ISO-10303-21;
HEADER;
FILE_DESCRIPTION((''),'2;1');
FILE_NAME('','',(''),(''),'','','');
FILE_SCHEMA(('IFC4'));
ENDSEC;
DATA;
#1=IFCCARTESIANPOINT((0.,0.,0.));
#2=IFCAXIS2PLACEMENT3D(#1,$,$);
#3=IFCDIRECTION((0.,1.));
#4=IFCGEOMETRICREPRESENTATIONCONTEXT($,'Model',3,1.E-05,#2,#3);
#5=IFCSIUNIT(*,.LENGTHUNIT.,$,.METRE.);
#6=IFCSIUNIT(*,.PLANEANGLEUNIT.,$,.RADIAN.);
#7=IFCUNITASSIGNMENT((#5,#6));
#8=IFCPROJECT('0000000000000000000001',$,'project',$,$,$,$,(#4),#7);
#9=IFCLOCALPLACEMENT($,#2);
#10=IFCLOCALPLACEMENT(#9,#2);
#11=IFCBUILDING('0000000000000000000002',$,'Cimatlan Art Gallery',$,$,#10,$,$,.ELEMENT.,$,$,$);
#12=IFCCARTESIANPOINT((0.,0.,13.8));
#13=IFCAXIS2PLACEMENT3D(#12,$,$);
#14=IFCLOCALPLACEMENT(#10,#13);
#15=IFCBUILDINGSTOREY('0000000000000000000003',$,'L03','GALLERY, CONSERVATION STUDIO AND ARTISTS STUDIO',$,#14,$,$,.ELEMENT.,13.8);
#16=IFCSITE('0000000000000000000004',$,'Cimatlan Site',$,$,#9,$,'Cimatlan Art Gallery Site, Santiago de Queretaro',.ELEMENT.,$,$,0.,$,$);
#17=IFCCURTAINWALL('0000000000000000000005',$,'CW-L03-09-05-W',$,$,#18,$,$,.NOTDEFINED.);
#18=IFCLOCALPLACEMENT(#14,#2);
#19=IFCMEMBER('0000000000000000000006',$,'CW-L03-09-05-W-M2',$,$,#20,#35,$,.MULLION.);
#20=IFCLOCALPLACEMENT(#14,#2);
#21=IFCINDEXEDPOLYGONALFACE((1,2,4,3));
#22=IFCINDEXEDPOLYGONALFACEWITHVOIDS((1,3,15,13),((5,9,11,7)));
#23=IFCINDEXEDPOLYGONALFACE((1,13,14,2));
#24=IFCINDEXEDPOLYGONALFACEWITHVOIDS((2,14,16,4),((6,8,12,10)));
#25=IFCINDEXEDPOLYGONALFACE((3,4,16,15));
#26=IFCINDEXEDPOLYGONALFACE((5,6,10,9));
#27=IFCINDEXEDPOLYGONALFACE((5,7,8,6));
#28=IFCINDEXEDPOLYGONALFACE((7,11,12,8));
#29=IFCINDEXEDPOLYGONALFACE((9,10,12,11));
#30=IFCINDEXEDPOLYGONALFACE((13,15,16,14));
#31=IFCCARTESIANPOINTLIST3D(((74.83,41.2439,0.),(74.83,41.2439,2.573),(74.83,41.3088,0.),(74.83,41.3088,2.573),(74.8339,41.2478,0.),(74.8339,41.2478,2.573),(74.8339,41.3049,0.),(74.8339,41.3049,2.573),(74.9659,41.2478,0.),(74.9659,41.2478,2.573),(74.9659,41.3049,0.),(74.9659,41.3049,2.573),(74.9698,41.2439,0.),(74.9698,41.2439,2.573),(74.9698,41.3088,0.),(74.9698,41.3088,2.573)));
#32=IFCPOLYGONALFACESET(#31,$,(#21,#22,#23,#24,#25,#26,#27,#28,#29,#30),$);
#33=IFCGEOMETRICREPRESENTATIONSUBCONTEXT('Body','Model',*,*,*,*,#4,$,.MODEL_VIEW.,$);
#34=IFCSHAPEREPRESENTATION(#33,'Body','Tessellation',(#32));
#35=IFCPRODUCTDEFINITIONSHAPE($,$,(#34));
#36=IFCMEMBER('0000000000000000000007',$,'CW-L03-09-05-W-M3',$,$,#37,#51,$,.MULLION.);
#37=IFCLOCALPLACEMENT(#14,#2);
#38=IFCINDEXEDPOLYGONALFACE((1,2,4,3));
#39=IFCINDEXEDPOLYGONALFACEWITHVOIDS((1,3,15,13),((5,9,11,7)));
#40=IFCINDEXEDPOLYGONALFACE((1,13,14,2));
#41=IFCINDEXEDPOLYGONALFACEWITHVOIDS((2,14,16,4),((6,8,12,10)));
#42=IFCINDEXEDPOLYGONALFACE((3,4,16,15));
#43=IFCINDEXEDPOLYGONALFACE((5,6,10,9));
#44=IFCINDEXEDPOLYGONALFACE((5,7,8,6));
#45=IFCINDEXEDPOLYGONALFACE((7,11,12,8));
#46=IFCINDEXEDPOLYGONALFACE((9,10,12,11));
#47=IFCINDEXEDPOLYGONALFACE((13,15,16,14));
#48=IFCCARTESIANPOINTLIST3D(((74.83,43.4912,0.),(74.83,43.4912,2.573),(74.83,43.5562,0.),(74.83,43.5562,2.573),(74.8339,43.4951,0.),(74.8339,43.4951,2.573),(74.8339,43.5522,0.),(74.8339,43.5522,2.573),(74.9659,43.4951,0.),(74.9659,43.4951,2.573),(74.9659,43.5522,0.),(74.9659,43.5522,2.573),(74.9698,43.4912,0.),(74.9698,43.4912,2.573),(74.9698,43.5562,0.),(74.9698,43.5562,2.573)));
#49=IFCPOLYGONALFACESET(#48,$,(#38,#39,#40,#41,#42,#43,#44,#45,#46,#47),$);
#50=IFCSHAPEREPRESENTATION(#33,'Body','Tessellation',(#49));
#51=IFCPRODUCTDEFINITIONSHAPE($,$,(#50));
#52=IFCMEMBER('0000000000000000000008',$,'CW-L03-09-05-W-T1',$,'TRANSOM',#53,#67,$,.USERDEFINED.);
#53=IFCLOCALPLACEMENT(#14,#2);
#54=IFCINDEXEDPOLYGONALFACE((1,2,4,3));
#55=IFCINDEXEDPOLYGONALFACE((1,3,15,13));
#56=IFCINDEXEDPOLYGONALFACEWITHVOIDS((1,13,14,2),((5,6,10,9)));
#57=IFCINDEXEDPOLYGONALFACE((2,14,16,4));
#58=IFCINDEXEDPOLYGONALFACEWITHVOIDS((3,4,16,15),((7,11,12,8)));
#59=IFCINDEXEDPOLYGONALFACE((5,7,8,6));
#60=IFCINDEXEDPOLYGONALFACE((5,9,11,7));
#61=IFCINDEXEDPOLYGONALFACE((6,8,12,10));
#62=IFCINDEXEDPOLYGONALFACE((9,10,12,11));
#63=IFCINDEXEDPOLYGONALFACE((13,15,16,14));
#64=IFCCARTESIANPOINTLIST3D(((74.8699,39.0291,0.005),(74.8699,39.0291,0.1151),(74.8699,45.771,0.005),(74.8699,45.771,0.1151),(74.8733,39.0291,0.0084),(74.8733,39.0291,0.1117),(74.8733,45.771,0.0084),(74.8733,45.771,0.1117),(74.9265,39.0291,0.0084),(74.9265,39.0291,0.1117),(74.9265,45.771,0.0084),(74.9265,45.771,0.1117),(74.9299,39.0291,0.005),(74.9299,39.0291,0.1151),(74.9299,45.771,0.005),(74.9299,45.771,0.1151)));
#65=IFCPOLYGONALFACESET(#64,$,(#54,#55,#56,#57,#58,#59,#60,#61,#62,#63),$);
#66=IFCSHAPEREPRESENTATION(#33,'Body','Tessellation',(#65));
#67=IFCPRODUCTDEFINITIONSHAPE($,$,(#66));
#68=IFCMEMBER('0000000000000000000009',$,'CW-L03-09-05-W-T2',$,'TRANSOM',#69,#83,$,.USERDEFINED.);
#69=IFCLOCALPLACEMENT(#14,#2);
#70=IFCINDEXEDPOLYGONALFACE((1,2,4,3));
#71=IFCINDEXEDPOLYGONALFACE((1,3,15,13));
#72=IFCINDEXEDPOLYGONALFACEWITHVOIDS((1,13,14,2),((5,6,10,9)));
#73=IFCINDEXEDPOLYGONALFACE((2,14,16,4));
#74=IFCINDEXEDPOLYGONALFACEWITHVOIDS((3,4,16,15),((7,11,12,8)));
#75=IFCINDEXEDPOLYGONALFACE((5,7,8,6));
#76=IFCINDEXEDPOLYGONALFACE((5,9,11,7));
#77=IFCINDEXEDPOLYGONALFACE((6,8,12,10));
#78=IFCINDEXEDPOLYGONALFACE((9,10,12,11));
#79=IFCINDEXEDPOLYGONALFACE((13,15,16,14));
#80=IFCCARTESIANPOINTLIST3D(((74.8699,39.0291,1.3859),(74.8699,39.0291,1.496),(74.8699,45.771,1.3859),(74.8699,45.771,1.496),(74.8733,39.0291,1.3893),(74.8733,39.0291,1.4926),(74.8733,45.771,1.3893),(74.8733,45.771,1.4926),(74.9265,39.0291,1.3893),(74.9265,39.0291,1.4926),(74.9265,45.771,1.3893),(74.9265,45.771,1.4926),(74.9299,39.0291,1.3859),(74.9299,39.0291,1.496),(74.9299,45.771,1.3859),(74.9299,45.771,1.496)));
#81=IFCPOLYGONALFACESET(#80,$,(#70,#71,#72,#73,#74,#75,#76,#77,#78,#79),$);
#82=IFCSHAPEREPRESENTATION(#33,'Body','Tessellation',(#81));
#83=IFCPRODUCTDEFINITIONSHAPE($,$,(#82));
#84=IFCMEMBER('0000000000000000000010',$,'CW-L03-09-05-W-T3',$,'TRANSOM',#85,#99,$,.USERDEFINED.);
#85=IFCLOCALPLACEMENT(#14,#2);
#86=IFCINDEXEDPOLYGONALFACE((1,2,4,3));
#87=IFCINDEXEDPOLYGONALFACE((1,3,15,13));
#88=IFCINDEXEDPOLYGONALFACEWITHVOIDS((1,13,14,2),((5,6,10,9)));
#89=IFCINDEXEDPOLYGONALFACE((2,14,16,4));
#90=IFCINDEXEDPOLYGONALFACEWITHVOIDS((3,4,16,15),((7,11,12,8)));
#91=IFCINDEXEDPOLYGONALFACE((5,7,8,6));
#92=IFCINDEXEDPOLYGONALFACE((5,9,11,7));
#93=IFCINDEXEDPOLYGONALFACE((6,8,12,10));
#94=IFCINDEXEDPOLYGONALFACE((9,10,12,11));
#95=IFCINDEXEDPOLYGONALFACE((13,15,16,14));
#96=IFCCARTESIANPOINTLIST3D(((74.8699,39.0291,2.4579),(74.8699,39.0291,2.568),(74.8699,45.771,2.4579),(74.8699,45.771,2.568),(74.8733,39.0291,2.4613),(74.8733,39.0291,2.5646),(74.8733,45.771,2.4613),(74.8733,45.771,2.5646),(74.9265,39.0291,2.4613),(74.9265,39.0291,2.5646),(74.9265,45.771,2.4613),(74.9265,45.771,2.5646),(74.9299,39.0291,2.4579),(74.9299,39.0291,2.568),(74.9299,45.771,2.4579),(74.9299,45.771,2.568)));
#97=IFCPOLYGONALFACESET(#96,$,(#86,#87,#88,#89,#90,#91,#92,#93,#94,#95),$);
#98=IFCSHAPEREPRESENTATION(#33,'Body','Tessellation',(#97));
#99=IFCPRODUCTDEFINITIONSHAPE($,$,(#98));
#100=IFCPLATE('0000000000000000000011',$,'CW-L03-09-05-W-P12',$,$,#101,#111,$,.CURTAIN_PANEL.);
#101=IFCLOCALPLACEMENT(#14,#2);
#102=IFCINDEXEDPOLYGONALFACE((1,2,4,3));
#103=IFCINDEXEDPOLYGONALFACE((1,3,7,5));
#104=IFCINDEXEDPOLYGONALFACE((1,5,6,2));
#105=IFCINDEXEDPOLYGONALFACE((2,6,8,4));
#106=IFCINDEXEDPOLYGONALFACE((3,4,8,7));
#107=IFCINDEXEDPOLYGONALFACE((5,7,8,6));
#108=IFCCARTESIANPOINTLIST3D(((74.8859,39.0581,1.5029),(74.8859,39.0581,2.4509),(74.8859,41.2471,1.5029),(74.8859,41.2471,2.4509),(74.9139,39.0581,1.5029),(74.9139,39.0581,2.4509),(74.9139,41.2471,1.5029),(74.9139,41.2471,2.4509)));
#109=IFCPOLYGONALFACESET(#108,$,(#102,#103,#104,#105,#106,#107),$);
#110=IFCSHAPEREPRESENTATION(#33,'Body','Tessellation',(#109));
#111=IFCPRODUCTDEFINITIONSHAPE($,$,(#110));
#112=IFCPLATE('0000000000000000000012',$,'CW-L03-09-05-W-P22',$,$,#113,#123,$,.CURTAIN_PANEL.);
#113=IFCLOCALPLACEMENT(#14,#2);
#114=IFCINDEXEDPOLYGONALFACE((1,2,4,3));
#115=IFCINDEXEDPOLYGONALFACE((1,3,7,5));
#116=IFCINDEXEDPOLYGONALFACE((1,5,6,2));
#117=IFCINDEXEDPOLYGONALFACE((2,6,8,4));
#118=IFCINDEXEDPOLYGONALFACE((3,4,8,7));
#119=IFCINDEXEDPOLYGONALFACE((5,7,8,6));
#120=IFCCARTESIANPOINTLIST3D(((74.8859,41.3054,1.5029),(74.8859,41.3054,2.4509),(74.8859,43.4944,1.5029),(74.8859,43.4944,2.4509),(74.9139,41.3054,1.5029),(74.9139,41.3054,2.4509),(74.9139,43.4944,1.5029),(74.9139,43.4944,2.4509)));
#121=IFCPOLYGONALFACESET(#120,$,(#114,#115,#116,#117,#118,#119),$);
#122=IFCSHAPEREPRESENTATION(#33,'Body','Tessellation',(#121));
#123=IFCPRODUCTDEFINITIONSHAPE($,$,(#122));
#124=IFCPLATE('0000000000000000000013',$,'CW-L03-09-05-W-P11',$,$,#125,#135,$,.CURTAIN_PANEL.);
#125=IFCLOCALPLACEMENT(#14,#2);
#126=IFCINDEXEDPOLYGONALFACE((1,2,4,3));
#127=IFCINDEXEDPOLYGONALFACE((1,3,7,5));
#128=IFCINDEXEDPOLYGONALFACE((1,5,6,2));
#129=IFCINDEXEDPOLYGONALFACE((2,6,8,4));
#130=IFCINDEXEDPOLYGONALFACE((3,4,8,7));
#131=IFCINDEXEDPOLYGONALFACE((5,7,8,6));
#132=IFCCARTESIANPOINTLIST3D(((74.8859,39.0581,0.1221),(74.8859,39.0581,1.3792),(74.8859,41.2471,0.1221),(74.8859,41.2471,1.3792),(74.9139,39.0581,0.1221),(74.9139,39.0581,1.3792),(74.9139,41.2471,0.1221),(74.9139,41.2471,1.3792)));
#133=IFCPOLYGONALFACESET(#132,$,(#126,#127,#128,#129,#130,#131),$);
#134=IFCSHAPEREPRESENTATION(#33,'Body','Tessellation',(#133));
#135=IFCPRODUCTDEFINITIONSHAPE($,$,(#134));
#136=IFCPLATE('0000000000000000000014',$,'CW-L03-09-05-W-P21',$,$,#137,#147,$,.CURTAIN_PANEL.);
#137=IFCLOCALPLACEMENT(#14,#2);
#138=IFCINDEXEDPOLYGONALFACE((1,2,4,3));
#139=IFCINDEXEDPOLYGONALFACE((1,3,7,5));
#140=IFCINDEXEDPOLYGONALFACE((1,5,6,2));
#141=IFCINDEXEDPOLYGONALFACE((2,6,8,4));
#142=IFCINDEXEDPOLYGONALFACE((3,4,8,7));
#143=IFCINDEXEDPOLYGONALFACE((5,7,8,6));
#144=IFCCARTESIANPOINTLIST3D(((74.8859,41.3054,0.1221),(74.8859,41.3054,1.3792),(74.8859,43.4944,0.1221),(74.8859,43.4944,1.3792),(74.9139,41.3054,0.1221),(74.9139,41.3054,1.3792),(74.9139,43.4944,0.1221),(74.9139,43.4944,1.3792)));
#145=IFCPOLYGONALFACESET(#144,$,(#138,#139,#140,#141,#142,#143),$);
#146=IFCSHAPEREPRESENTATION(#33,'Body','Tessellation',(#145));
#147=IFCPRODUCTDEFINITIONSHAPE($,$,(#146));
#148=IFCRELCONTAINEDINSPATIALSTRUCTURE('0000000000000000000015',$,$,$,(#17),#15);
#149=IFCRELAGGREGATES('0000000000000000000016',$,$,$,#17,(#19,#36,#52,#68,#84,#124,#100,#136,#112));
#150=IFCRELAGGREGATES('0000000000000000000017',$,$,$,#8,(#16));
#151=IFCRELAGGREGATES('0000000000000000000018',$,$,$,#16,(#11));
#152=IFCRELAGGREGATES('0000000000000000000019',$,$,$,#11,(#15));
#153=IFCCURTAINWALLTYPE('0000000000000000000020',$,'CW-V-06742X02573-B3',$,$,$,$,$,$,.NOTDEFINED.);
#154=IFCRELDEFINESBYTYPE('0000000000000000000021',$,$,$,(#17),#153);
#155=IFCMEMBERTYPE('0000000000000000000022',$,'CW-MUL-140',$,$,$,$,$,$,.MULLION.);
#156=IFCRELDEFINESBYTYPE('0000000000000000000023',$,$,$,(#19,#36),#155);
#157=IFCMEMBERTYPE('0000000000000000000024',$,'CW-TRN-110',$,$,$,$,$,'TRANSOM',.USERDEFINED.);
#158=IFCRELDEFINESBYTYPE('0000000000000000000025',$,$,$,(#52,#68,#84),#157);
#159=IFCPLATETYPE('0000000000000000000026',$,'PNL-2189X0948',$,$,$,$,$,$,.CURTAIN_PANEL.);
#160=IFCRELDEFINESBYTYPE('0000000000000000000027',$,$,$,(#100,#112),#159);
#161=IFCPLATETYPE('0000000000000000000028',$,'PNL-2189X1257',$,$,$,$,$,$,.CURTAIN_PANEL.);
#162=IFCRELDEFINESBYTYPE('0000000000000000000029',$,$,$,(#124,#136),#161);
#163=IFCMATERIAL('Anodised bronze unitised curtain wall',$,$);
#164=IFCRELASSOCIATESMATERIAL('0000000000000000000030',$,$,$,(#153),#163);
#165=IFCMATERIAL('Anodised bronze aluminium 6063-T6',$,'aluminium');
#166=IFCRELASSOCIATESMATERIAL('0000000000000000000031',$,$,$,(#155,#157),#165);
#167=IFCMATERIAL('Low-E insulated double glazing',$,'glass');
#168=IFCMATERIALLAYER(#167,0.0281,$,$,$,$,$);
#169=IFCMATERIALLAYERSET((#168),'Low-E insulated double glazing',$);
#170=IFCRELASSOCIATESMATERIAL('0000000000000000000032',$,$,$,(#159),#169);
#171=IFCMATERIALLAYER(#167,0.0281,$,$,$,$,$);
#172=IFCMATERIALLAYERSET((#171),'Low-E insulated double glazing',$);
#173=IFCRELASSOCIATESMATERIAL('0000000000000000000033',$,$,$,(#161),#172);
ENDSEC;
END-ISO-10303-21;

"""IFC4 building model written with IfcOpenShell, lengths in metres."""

from ifc_helpers import new_model, si_unit, direction, frame, origin, origin_2d, place, context, subcontext, project, spatial, rectangle, hollow_rectangle, extrude, material, layer, layer_set, material_profile, profile_set, type_object, element, aggregate, save


model = new_model("IFC4")

# Units and contexts
model_context = context("Model", 3, precision=1e-05, world=origin(), true_north=direction((0.0, 1.0)))
body_context = subcontext(model_context, "Body", "Model", "MODEL_VIEW")
ifc_project = project(units=[si_unit("LENGTHUNIT", "METRE"), si_unit("PLANEANGLEUNIT", "RADIAN")], contexts=[model_context])

# Site, building, storey
site_placement = place(None, origin())
site = spatial("IfcSite", under=ifc_project, at=site_placement, Name="Cimatlan Site", LongName="Cimatlan Art Gallery Site, Santiago de Queretaro", CompositionType="ELEMENT", RefElevation=0.0)
building_placement = place(site_placement, origin())
building = spatial("IfcBuilding", under=site, at=building_placement, Name="Cimatlan Art Gallery", CompositionType="ELEMENT")
storey_placement = place(building_placement, frame((0.0, 0.0, 13.8)))
storey = spatial("IfcBuildingStorey", under=building, at=storey_placement, Name="L03", Description="GALLERY, CONSERVATION STUDIO AND ARTISTS STUDIO", CompositionType="ELEMENT", Elevation=13.8)

# Curtain wall, members, plates
ifc_material_1 = material(Name="Anodised bronze unitised curtain wall")
curtain_wall_type = type_object("IfcCurtainWallType", Name="CW-V-06742X02573-B3", PredefinedType="NOTDEFINED", material=ifc_material_1)
curtain_wall_placement = place(storey_placement, origin())
curtain_wall = element("IfcCurtainWall", 1, at=curtain_wall_placement, inside=storey, type_object=curtain_wall_type, Name="CW-L03-09-05-W", PredefinedType="NOTDEFINED")
ifc_material_2 = material(Name="Anodised bronze aluminium 6063-T6", Category="aluminium")
ifc_material_profile_1 = material_profile(ifc_material_2, hollow_rectangle(XDim=0.0649, YDim=0.1399, WallThickness=0.0039, at=origin_2d()), Name="ALU65X140X4")
ifc_profile_set_1 = profile_set([ifc_material_profile_1], Name="Anodised bronze aluminium 6063-T6")
member_type_1 = type_object("IfcMemberType", Name="CW-MUL-140", PredefinedType="MULLION", material=ifc_profile_set_1)
member_1_placement = place(storey_placement, frame((74.8999, 41.2764, 0.0), z_axis=(0.0, 0.0, 1.0), x_axis=(0.0, 1.0, 0.0)))
member_1 = element("IfcMember", 2, at=member_1_placement, type_object=member_type_1, Name="CW-L03-09-05-W-M2", PredefinedType="MULLION", context=body_context, shape_type="SweptSolid", body=[
    extrude(hollow_rectangle(XDim=0.0649, YDim=0.1399, WallThickness=0.0039, at=origin_2d()), origin(), (0.0, 0.0, 1.0), 2.573),
])
member_2_placement = place(storey_placement, frame((74.8999, 43.5237, 0.0), z_axis=(0.0, 0.0, 1.0), x_axis=(0.0, 1.0, 0.0)))
member_2 = element("IfcMember", 3, at=member_2_placement, type_object=member_type_1, Name="CW-L03-09-05-W-M3", PredefinedType="MULLION", context=body_context, shape_type="SweptSolid", body=[
    extrude(hollow_rectangle(XDim=0.0649, YDim=0.1399, WallThickness=0.0039, at=origin_2d()), origin(), (0.0, 0.0, 1.0), 2.573),
])
ifc_material_profile_2 = material_profile(ifc_material_2, hollow_rectangle(XDim=0.0601, YDim=0.1101, WallThickness=0.0034, at=origin_2d()), Name="ALU60X110X3")
ifc_profile_set_2 = profile_set([ifc_material_profile_2], Name="Anodised bronze aluminium 6063-T6")
member_type_2 = type_object("IfcMemberType", Name="CW-TRN-110", ElementType="TRANSOM", PredefinedType="USERDEFINED", material=ifc_profile_set_2)
member_3_placement = place(storey_placement, frame((74.8999, 39.0291, 0.0601), z_axis=(0.0, 1.0, 0.0), x_axis=(-1.0, 0.0, 0.0)))
member_3 = element("IfcMember", 4, at=member_3_placement, type_object=member_type_2, Name="CW-L03-09-05-W-T1", ObjectType="TRANSOM", PredefinedType="USERDEFINED", context=body_context, shape_type="SweptSolid", body=[
    extrude(hollow_rectangle(XDim=0.0601, YDim=0.1101, WallThickness=0.0034, at=origin_2d()), origin(), (0.0, 0.0, 1.0), 6.7419),
])
member_4_placement = place(storey_placement, frame((74.8999, 39.0291, 1.4409), z_axis=(0.0, 1.0, 0.0), x_axis=(-1.0, 0.0, 0.0)))
member_4 = element("IfcMember", 5, at=member_4_placement, type_object=member_type_2, Name="CW-L03-09-05-W-T2", ObjectType="TRANSOM", PredefinedType="USERDEFINED", context=body_context, shape_type="SweptSolid", body=[
    extrude(hollow_rectangle(XDim=0.0601, YDim=0.1101, WallThickness=0.0034, at=origin_2d()), origin(), (0.0, 0.0, 1.0), 6.7419),
])
member_5_placement = place(storey_placement, frame((74.8999, 39.0291, 2.5129), z_axis=(0.0, 1.0, 0.0), x_axis=(-1.0, 0.0, 0.0)))
member_5 = element("IfcMember", 6, at=member_5_placement, type_object=member_type_2, Name="CW-L03-09-05-W-T3", ObjectType="TRANSOM", PredefinedType="USERDEFINED", context=body_context, shape_type="SweptSolid", body=[
    extrude(hollow_rectangle(XDim=0.0601, YDim=0.1101, WallThickness=0.0034, at=origin_2d()), origin(), (0.0, 0.0, 1.0), 6.7419),
])
ifc_material_3 = material(Name="Low-E insulated double glazing", Category="glass")
ifc_layer_1 = layer(ifc_material_3, 0.0281)
ifc_layer_set_1 = layer_set([ifc_layer_1], Name="Low-E insulated double glazing")
plate_type_1 = type_object("IfcPlateType", Name="PNL-2189X0948", PredefinedType="CURTAIN_PANEL", material=ifc_layer_set_1)
plate_1_placement = place(storey_placement, frame((74.8999, 40.1526, 1.5029), z_axis=(0.0, 0.0, 1.0), x_axis=(0.0, 1.0, 0.0)))
plate_1 = element("IfcPlate", 7, at=plate_1_placement, type_object=plate_type_1, Name="CW-L03-09-05-W-P12", PredefinedType="CURTAIN_PANEL", context=body_context, shape_type="SweptSolid", body=[
    extrude(rectangle(XDim=2.189, YDim=0.0281, at=origin_2d()), origin(), (0.0, 0.0, 1.0), 0.948),
])
plate_2_placement = place(storey_placement, frame((74.8999, 42.3999, 1.5029), z_axis=(0.0, 0.0, 1.0), x_axis=(0.0, 1.0, 0.0)))
plate_2 = element("IfcPlate", 8, at=plate_2_placement, type_object=plate_type_1, Name="CW-L03-09-05-W-P22", PredefinedType="CURTAIN_PANEL", context=body_context, shape_type="SweptSolid", body=[
    extrude(rectangle(XDim=2.189, YDim=0.0281, at=origin_2d()), origin(), (0.0, 0.0, 1.0), 0.948),
])
ifc_layer_2 = layer(ifc_material_3, 0.0281)
ifc_layer_set_2 = layer_set([ifc_layer_2], Name="Low-E insulated double glazing")
plate_type_2 = type_object("IfcPlateType", Name="PNL-2189X1257", PredefinedType="CURTAIN_PANEL", material=ifc_layer_set_2)
plate_3_placement = place(storey_placement, frame((74.8999, 40.1526, 0.1221), z_axis=(0.0, 0.0, 1.0), x_axis=(0.0, 1.0, 0.0)))
plate_3 = element("IfcPlate", 9, at=plate_3_placement, type_object=plate_type_2, Name="CW-L03-09-05-W-P11", PredefinedType="CURTAIN_PANEL", context=body_context, shape_type="SweptSolid", body=[
    extrude(rectangle(XDim=2.189, YDim=0.0281, at=origin_2d()), origin(), (0.0, 0.0, 1.0), 1.2571),
])
plate_4_placement = place(storey_placement, frame((74.8999, 42.3999, 0.1221), z_axis=(0.0, 0.0, 1.0), x_axis=(0.0, 1.0, 0.0)))
plate_4 = element("IfcPlate", 10, at=plate_4_placement, type_object=plate_type_2, Name="CW-L03-09-05-W-P21", PredefinedType="CURTAIN_PANEL", context=body_context, shape_type="SweptSolid", body=[
    extrude(rectangle(XDim=2.189, YDim=0.0281, at=origin_2d()), origin(), (0.0, 0.0, 1.0), 1.2571),
])
aggregate(curtain_wall, [member_1, member_2, member_3, member_4, member_5, plate_3, plate_1, plate_4, plate_2])

save(model, "model.ifc")
